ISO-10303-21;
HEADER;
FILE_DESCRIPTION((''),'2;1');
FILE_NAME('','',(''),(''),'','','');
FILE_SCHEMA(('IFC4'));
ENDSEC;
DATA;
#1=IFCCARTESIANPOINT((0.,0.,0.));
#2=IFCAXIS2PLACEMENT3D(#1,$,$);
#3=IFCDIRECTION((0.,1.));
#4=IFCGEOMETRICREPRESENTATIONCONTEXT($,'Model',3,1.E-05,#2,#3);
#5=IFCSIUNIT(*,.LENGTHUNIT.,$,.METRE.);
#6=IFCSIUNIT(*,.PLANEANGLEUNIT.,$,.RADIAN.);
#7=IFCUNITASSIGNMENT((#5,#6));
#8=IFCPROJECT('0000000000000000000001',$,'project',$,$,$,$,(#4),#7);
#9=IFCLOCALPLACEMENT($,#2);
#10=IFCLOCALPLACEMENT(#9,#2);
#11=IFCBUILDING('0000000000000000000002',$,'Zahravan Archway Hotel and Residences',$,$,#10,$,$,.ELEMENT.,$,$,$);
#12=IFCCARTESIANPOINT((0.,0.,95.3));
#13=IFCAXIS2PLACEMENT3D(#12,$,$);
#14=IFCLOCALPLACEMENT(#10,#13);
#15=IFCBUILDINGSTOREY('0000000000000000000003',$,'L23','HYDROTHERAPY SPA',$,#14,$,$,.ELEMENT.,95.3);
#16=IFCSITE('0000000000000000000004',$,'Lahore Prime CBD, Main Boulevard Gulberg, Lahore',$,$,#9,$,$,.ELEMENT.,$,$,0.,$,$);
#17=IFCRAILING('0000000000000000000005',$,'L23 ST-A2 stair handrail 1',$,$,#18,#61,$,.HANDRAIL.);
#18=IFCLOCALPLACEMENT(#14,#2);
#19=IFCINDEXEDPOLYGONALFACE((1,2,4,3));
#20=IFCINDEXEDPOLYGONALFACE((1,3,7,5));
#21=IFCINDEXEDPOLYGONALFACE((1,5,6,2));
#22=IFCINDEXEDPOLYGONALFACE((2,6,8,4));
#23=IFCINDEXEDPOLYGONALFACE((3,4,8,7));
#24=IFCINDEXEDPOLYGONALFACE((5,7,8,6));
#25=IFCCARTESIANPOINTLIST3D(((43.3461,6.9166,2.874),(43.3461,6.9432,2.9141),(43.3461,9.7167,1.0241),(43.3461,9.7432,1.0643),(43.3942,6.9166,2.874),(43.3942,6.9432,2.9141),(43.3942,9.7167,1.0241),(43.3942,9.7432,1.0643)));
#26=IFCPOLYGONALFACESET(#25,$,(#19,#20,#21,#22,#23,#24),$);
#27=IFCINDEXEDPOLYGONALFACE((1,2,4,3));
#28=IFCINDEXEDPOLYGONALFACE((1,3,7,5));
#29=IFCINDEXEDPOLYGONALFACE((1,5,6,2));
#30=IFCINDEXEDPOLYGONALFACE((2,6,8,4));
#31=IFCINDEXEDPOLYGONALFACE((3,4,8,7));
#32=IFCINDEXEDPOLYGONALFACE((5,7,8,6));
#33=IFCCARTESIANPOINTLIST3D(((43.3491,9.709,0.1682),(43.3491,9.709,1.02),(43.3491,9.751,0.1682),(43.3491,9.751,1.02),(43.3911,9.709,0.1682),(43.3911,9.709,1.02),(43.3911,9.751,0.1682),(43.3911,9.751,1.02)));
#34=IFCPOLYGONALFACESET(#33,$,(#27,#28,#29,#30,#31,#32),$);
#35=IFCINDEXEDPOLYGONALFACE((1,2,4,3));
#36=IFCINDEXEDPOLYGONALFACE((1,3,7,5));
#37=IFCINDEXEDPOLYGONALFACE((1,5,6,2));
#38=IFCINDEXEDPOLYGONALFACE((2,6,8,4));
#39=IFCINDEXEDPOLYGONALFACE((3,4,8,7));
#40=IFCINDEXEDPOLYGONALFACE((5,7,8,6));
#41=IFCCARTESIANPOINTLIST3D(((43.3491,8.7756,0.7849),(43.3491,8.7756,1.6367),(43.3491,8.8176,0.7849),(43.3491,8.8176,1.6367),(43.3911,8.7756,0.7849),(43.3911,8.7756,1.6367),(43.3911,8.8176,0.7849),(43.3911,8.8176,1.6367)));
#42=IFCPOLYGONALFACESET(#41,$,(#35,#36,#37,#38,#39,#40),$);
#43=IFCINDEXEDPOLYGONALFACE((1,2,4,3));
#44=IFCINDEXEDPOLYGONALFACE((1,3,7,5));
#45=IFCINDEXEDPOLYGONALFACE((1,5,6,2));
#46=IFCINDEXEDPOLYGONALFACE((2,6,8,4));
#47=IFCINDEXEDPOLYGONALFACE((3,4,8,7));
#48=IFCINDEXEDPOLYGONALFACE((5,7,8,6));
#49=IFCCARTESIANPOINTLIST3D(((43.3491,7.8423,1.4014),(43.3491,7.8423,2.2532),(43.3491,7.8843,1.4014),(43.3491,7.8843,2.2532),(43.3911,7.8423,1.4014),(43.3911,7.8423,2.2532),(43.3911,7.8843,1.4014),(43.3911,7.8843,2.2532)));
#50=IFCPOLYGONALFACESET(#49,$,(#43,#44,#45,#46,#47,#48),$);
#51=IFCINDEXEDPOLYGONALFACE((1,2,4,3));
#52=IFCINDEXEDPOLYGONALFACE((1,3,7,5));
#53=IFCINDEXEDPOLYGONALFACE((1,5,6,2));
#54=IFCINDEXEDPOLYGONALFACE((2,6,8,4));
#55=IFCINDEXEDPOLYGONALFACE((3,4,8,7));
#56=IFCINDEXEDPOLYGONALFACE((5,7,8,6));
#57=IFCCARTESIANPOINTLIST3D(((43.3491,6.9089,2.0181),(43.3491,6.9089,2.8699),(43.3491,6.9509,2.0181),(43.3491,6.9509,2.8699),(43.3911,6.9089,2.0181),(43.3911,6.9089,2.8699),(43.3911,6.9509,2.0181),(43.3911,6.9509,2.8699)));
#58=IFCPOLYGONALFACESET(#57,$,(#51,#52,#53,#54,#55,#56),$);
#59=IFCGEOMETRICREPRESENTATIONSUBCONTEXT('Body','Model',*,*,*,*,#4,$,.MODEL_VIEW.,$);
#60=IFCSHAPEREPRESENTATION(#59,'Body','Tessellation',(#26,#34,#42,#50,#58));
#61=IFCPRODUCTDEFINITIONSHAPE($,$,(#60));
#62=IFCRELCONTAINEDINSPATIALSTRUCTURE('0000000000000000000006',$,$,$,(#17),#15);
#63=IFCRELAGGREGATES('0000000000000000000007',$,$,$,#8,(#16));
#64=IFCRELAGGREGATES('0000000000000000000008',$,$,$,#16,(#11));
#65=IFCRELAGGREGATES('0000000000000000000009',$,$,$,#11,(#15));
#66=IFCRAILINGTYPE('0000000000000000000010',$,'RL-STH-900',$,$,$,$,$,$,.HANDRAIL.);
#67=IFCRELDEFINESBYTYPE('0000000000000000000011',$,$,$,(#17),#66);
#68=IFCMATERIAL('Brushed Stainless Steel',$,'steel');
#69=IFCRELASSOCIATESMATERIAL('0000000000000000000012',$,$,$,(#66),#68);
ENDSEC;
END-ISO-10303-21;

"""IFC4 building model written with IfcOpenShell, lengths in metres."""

from ifc_helpers import new_model, si_unit, direction, frame, origin, origin_2d, place, context, subcontext, project, spatial, rectangle, extrude, material, type_object, element, save


model = new_model("IFC4")

# Units and contexts
model_context = context("Model", 3, precision=1e-05, world=origin(), true_north=direction((0.0, 1.0)))
body_context = subcontext(model_context, "Body", "Model", "MODEL_VIEW")
ifc_project = project(units=[si_unit("LENGTHUNIT", "METRE"), si_unit("PLANEANGLEUNIT", "RADIAN")], contexts=[model_context])

# Site, building, storey
site_placement = place(None, origin())
site = spatial("IfcSite", under=ifc_project, at=site_placement, Name="Lahore Prime CBD, Main Boulevard Gulberg, Lahore", CompositionType="ELEMENT", RefElevation=0.0)
building_placement = place(site_placement, origin())
building = spatial("IfcBuilding", under=site, at=building_placement, Name="Zahravan Archway Hotel and Residences", CompositionType="ELEMENT")
storey_placement = place(building_placement, frame((0.0, 0.0, 95.3)))
storey = spatial("IfcBuildingStorey", under=building, at=storey_placement, Name="L23", Description="HYDROTHERAPY SPA", CompositionType="ELEMENT", Elevation=95.3)

# Shared definitions
ifc_material_1 = material(Name="Brushed Stainless Steel", Category="steel")

# Railing
railing_type_1 = type_object("IfcRailingType", Name="RL-STH-900", PredefinedType="HANDRAIL", material=ifc_material_1)
railing_1_placement = place(storey_placement, frame((43.3701, 9.73, 0.1682)))
element("IfcRailing", 1, at=railing_1_placement, inside=storey, type_object=railing_type_1, Name="L23 ST-A2 stair handrail 1", PredefinedType="HANDRAIL", context=body_context, shape_type="SweptSolid", body=[
    extrude(rectangle(XDim=0.0481, YDim=0.0481, at=origin_2d()), frame((0.0, 0.0, 0.876), z_axis=(0.0, -0.83436, 0.55122), x_axis=(1.0, 0.0, 0.0)), (0.0, 0.0, 1.0), 3.356),
    extrude(rectangle(XDim=0.042, YDim=0.042, at=origin_2d()), origin(), (0.0, 0.0, 1.0), 0.8518),
    extrude(rectangle(XDim=0.042, YDim=0.042, at=origin_2d()), frame((0.0, -0.9333, 0.6167)), (0.0, 0.0, 1.0), 0.8518),
    extrude(rectangle(XDim=0.042, YDim=0.042, at=origin_2d()), frame((0.0, -1.8667, 1.2332)), (0.0, 0.0, 1.0), 0.8518),
    extrude(rectangle(XDim=0.042, YDim=0.042, at=origin_2d()), frame((0.0, -2.8, 1.8499)), (0.0, 0.0, 1.0), 0.8518),
])

save(model, "model.ifc")
